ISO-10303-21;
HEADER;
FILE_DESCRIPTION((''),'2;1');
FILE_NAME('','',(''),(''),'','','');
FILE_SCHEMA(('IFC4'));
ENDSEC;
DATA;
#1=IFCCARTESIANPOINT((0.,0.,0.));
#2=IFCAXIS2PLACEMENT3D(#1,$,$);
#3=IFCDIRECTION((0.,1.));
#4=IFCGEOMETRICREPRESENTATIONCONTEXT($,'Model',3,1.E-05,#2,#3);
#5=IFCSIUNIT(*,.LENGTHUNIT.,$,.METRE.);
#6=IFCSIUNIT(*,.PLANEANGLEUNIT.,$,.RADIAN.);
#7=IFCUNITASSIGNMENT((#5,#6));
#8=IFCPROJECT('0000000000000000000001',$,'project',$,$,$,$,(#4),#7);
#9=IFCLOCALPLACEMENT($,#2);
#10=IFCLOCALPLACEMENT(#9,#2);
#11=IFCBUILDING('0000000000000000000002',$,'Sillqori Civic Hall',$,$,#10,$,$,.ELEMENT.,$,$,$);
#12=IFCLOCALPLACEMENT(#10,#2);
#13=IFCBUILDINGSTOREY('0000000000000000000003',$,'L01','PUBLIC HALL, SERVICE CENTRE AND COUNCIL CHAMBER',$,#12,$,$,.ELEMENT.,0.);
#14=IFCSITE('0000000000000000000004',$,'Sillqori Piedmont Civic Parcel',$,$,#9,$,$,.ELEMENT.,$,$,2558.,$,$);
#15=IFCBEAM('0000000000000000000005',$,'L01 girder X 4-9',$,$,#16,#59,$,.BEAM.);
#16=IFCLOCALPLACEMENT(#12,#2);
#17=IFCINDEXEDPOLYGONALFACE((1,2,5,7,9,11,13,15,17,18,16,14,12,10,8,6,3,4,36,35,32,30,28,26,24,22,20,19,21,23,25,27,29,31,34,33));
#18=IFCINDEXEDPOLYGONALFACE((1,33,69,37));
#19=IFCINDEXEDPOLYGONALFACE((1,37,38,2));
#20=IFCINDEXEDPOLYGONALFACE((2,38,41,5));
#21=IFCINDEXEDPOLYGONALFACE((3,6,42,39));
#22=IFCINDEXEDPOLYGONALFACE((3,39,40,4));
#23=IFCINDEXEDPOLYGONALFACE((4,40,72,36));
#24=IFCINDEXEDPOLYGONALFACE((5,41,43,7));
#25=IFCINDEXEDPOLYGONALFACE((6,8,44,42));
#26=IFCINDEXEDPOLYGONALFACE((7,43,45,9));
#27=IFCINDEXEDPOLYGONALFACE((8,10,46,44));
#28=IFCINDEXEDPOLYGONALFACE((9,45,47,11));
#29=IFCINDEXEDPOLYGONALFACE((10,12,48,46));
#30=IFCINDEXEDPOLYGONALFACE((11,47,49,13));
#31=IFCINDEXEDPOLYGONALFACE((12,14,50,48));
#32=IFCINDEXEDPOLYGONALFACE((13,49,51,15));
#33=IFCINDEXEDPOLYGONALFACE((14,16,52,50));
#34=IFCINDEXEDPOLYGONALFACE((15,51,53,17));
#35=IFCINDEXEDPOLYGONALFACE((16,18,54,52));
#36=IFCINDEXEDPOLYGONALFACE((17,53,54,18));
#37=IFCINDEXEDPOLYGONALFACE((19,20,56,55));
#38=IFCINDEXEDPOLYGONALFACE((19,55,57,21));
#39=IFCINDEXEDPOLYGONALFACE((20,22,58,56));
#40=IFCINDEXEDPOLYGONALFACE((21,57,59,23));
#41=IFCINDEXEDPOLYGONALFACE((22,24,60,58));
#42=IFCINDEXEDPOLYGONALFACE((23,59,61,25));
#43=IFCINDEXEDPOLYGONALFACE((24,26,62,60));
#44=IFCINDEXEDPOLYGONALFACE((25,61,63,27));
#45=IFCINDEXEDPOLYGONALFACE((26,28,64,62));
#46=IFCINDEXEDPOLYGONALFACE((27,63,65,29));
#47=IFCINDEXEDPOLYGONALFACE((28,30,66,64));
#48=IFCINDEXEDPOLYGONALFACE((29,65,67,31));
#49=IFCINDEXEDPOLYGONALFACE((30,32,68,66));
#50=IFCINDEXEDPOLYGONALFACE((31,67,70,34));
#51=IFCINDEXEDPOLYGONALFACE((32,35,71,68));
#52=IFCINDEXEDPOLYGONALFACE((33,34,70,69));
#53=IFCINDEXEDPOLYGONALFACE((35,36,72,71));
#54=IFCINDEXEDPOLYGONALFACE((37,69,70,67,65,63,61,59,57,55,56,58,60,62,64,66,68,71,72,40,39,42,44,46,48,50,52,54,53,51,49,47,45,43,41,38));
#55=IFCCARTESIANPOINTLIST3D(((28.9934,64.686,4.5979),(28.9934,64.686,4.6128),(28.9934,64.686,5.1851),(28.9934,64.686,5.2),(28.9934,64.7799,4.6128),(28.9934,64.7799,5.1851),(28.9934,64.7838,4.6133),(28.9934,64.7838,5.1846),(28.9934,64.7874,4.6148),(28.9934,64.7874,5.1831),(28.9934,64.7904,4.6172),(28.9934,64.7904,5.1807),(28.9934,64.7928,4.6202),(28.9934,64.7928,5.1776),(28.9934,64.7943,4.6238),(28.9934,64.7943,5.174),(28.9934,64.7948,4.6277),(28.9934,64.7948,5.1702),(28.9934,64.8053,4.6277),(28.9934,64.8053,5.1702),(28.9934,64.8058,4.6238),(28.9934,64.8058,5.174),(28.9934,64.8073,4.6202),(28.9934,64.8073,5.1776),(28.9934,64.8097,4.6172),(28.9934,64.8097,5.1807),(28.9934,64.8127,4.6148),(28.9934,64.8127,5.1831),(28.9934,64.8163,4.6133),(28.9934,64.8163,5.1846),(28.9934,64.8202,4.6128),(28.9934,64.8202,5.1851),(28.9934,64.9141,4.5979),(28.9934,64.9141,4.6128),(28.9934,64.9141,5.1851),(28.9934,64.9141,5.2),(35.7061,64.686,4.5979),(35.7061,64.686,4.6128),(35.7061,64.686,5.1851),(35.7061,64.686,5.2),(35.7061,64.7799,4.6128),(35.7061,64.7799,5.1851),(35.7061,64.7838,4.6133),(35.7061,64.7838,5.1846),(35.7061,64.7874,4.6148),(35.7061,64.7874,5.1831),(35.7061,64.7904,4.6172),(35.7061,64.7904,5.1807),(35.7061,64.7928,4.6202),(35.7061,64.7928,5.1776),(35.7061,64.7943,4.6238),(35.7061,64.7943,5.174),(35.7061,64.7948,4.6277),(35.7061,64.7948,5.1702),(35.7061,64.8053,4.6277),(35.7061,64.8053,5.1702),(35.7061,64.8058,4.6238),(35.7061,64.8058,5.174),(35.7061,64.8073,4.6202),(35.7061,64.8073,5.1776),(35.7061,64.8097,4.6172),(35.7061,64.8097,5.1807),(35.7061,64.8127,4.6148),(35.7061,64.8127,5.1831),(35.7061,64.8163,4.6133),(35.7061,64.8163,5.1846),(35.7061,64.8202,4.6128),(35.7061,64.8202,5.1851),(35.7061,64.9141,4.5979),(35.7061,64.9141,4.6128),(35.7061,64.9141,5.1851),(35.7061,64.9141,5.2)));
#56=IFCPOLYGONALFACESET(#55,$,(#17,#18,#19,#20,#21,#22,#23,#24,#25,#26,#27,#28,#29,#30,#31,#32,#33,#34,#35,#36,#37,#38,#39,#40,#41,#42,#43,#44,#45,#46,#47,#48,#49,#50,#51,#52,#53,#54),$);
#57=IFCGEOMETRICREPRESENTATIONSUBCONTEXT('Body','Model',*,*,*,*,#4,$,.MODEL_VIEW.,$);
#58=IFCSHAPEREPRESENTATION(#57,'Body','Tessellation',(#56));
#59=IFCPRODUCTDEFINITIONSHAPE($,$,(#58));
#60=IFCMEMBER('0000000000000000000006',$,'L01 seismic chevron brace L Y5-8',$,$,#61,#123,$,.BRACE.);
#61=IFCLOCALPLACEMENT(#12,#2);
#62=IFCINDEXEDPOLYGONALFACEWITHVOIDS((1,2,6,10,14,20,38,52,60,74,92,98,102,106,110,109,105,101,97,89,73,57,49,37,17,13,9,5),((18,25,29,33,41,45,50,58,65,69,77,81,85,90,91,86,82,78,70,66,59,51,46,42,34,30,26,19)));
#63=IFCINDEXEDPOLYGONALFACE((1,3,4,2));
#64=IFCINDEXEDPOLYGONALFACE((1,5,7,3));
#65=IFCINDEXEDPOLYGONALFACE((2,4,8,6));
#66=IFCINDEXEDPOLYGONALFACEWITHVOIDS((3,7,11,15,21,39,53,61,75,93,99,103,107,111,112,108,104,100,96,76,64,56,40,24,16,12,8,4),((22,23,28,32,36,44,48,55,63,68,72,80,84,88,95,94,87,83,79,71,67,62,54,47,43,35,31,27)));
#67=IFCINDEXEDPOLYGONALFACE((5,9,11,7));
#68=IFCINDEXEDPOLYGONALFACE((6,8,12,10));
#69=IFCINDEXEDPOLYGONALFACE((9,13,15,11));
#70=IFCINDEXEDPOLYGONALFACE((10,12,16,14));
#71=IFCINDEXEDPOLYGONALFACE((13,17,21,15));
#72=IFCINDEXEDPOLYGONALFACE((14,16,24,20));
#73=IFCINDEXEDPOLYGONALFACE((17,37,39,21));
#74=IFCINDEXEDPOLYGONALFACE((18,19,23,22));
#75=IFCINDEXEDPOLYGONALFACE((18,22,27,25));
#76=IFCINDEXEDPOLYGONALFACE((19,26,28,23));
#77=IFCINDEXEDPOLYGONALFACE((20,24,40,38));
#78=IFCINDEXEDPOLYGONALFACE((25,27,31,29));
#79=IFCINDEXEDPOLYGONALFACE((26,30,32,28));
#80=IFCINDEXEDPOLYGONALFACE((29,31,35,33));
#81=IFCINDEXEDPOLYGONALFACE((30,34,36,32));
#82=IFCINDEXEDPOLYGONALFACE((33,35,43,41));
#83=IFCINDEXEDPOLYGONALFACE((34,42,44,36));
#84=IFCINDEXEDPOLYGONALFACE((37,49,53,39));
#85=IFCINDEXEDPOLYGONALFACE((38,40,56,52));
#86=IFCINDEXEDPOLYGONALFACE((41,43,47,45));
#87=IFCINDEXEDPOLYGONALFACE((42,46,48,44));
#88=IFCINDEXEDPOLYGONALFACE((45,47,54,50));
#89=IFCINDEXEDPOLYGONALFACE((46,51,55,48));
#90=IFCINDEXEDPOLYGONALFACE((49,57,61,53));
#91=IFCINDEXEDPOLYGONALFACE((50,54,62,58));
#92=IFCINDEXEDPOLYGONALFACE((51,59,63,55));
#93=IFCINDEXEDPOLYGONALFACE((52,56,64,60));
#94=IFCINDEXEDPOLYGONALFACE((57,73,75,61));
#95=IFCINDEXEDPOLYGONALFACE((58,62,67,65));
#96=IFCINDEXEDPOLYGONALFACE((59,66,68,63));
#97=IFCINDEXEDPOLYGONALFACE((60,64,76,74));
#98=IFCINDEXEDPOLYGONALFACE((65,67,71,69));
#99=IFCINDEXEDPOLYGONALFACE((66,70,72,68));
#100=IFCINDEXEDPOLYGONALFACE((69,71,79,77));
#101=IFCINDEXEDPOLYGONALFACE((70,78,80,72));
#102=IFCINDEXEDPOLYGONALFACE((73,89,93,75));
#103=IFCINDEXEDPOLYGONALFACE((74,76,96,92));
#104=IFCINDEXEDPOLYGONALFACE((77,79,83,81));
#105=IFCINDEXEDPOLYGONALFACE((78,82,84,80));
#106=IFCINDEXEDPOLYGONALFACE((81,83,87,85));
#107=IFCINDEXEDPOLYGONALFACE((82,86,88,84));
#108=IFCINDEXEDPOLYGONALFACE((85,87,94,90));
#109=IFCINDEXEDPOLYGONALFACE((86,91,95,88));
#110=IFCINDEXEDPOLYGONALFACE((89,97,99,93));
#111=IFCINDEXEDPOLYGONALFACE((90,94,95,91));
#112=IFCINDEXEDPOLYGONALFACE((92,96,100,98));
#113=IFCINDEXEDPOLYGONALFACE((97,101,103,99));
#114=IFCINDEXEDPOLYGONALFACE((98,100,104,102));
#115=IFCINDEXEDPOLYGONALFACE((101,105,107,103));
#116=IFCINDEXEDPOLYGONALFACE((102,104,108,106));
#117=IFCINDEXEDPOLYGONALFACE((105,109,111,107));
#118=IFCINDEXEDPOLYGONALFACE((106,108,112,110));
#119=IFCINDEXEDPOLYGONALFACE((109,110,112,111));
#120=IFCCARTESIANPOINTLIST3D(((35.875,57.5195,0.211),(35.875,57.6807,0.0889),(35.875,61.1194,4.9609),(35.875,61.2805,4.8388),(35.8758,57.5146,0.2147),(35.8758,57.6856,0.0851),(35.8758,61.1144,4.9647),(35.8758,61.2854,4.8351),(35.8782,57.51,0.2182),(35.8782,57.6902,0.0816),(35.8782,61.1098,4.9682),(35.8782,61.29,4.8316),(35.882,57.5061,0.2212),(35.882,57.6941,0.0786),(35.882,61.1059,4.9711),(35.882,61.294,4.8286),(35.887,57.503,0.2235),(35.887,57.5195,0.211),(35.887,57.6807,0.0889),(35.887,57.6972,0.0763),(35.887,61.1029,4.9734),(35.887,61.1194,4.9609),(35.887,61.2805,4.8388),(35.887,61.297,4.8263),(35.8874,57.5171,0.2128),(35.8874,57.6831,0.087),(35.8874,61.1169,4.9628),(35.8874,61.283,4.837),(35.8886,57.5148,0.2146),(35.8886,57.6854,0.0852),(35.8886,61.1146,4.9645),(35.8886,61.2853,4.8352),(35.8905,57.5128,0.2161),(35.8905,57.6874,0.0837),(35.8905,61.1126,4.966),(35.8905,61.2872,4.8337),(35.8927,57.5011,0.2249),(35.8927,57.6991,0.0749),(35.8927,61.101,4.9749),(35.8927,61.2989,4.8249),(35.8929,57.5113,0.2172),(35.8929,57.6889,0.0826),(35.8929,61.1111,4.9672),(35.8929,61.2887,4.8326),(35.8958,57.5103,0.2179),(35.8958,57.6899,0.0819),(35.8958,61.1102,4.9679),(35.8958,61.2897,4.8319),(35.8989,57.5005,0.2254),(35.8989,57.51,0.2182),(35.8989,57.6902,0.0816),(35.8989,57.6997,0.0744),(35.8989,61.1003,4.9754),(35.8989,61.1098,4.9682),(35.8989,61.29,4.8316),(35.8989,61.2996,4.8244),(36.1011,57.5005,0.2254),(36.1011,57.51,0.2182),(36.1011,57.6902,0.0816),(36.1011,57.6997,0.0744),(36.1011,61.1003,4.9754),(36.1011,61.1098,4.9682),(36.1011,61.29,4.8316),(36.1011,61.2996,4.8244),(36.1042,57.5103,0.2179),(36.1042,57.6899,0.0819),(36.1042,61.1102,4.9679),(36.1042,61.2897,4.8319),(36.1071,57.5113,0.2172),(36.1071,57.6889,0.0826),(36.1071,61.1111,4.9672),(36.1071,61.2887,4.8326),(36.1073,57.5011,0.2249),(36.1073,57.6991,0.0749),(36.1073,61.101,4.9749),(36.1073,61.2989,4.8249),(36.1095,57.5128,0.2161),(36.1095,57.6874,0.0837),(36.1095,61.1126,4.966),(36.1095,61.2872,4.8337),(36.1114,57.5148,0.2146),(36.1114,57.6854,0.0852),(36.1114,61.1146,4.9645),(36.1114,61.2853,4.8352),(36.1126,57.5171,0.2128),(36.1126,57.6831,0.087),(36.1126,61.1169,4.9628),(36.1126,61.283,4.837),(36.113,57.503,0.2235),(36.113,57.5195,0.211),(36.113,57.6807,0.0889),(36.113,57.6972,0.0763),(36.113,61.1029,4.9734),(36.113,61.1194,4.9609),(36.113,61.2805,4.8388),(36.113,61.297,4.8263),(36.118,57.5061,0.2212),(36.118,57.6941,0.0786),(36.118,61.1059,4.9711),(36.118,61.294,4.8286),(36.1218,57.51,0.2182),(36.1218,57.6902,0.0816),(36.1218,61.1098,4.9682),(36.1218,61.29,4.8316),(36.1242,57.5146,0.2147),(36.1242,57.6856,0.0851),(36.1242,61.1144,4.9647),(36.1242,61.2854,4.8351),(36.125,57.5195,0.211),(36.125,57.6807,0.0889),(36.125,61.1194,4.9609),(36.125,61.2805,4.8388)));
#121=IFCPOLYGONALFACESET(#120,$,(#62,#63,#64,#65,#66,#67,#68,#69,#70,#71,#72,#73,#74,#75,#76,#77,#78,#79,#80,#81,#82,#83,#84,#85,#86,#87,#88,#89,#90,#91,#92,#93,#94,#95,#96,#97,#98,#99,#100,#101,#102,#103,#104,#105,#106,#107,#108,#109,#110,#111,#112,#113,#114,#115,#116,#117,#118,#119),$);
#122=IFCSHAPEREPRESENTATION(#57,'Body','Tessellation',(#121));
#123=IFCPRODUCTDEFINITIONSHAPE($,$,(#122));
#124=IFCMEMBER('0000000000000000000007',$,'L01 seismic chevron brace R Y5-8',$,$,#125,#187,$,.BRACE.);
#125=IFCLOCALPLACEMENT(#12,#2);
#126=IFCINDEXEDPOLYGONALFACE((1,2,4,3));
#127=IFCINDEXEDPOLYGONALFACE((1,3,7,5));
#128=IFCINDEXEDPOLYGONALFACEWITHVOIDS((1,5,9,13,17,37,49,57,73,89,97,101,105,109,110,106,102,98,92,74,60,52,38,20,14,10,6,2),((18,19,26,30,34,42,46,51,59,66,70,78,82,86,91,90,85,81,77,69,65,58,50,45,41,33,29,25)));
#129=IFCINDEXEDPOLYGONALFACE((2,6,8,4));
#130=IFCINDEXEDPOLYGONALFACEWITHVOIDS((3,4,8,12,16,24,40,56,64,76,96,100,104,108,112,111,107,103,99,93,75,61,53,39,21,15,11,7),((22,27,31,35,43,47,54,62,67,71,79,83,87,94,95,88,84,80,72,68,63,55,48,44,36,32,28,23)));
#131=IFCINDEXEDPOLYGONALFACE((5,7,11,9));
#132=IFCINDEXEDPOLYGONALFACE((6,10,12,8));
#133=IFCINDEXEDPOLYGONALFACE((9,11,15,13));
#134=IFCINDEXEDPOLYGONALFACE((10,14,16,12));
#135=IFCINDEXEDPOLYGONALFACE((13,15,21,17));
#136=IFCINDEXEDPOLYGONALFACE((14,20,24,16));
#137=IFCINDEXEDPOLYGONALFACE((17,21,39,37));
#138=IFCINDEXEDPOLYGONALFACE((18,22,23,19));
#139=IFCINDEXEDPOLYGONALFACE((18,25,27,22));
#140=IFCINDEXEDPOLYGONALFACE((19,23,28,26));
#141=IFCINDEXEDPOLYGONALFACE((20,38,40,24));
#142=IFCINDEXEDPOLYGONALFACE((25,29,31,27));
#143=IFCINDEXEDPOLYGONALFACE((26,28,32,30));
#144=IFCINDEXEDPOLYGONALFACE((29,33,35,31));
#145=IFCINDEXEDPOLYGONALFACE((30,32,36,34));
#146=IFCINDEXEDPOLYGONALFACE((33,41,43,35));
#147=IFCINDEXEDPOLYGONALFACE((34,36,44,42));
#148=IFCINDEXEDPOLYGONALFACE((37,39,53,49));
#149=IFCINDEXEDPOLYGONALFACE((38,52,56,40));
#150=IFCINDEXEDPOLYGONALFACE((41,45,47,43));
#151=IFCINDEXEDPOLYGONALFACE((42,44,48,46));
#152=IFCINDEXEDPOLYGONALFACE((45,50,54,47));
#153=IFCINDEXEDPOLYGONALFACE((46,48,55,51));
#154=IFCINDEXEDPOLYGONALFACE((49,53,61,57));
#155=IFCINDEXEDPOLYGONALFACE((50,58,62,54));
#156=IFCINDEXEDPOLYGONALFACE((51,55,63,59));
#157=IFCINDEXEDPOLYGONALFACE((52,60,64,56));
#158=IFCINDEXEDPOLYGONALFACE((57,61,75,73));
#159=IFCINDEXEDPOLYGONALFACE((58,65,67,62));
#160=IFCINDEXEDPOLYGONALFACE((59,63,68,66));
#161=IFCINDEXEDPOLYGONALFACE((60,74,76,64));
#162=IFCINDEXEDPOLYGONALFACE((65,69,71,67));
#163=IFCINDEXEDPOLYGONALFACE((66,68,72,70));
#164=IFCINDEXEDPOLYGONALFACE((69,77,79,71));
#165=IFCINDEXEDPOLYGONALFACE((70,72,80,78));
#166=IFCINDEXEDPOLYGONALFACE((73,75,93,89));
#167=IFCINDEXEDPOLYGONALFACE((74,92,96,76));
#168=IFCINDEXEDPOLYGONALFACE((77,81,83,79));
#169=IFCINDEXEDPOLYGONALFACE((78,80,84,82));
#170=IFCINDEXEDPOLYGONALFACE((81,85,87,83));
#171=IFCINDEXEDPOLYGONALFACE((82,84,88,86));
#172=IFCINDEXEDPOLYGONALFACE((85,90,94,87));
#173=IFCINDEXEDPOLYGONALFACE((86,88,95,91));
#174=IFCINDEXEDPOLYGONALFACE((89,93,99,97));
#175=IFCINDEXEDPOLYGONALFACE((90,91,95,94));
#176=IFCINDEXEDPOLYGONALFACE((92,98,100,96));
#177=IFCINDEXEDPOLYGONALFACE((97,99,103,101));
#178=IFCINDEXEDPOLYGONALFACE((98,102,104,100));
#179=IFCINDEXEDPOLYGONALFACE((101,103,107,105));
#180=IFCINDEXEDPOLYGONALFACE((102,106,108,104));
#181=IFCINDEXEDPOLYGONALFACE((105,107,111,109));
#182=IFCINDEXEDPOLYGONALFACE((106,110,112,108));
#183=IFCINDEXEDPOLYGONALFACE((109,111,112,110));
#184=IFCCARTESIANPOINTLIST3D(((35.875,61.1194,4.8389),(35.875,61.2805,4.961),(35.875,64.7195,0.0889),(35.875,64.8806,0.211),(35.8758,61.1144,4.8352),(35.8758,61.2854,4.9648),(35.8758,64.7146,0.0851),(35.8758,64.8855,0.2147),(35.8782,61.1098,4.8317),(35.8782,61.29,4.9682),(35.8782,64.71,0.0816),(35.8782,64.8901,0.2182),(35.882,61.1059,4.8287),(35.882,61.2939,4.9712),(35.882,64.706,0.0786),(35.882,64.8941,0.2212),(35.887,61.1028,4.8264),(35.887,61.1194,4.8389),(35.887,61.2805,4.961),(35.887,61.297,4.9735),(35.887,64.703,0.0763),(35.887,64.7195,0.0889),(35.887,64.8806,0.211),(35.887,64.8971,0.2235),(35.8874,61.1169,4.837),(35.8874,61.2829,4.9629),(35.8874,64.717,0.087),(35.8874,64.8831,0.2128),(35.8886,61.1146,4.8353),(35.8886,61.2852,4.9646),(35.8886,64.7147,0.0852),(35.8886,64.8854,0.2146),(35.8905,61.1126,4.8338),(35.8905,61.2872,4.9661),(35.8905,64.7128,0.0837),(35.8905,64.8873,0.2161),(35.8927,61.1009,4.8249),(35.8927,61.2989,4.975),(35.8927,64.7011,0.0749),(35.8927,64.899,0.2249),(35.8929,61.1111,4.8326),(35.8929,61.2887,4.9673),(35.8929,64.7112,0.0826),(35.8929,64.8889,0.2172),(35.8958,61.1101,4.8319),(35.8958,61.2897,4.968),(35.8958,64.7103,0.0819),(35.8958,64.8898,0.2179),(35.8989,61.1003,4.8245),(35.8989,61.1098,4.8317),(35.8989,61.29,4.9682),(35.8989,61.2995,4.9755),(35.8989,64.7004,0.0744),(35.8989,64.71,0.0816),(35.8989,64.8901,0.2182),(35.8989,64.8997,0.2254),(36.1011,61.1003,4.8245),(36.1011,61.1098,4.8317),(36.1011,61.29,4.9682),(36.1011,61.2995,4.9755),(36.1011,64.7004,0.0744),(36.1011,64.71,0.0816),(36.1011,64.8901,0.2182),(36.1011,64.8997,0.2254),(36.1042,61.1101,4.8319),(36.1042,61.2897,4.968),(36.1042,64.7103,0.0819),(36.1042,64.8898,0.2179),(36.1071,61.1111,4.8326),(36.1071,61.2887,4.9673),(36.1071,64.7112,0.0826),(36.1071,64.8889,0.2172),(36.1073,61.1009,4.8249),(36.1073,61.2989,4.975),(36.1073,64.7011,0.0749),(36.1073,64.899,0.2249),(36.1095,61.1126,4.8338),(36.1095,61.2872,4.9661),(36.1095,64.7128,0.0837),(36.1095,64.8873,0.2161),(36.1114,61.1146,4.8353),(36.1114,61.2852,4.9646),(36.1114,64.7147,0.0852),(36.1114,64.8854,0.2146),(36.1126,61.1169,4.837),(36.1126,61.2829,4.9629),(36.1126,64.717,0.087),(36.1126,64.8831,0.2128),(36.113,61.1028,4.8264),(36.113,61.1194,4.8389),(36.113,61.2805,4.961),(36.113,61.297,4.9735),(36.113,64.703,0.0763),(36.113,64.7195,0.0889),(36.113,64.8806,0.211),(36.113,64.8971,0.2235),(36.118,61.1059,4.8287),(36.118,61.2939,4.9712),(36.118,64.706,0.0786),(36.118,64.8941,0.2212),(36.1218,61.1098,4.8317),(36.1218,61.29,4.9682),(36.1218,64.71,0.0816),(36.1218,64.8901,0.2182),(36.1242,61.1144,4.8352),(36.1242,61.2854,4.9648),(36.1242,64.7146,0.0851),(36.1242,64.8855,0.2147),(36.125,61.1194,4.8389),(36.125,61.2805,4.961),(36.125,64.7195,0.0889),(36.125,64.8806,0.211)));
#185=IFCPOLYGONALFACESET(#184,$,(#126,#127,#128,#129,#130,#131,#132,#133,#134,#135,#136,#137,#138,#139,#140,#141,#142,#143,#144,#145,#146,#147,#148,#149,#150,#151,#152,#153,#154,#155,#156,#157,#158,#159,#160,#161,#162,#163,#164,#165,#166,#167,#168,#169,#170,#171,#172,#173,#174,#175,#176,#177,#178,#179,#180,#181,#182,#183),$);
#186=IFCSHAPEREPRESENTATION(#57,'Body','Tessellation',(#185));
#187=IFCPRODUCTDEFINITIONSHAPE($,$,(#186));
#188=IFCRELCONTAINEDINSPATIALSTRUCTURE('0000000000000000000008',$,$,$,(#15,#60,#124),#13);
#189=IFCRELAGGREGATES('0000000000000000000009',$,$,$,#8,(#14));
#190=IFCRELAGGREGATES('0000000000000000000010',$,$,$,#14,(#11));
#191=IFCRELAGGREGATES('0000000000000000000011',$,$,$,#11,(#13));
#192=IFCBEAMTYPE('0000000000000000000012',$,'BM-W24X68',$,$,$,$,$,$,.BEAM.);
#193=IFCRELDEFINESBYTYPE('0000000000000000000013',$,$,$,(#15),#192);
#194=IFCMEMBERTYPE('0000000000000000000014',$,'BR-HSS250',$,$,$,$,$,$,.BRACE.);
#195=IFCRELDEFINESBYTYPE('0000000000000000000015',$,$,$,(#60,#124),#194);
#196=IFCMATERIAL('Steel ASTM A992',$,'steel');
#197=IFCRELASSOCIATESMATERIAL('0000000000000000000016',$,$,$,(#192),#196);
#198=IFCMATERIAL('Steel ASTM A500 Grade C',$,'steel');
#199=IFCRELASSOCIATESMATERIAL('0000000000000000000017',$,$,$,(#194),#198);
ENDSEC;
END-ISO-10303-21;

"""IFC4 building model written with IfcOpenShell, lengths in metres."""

from ifc_helpers import new_model, si_unit, direction, frame, origin, origin_2d, place, context, subcontext, project, spatial, hollow_rectangle, i_section, extrude, material, material_profile, profile_set, type_object, element, save


model = new_model("IFC4")

# Units and contexts
model_context = context("Model", 3, precision=1e-05, world=origin(), true_north=direction((0.0, 1.0)))
body_context = subcontext(model_context, "Body", "Model", "MODEL_VIEW")
ifc_project = project(units=[si_unit("LENGTHUNIT", "METRE"), si_unit("PLANEANGLEUNIT", "RADIAN")], contexts=[model_context])

# Site, building, storey
site_placement = place(None, origin())
site = spatial("IfcSite", under=ifc_project, at=site_placement, Name="Sillqori Piedmont Civic Parcel", CompositionType="ELEMENT", RefElevation=2558.0)
building_placement = place(site_placement, origin())
building = spatial("IfcBuilding", under=site, at=building_placement, Name="Sillqori Civic Hall", CompositionType="ELEMENT")
storey_placement = place(building_placement, origin())
storey = spatial("IfcBuildingStorey", under=building, at=storey_placement, Name="L01", Description="PUBLIC HALL, SERVICE CENTRE AND COUNCIL CHAMBER", CompositionType="ELEMENT", Elevation=0.0)

# Shared definitions
ifc_material_1 = material(Name="Steel ASTM A992", Category="steel")

# Beam
ifc_material_profile_1 = material_profile(ifc_material_1, i_section(OverallWidth=0.228, OverallDepth=0.6021, WebThickness=0.0105, FlangeThickness=0.0149, FilletRadius=0.0149, at=origin_2d()), Name="W24X68")
ifc_profile_set_1 = profile_set([ifc_material_profile_1], Name="Steel ASTM A992")
beam_type_1 = type_object("IfcBeamType", Name="BM-W24X68", PredefinedType="BEAM", material=ifc_profile_set_1)
for number, where, z_axis, x_axis, name in (
    (1, (28.9934, 64.8, 4.8989), (1.0, 0.0, 0.0), (0.0, 1.0, 0.0), "L01 girder X 4-9"),
):
    element("IfcBeam", number, at=place(storey_placement, frame(where, z_axis=z_axis, x_axis=x_axis)), inside=storey, type_object=beam_type_1, Name=name, PredefinedType="BEAM", context=body_context, shape_type="SweptSolid", body=[
        extrude(i_section(OverallWidth=0.228, OverallDepth=0.6021, WebThickness=0.0105, FlangeThickness=0.0149, FilletRadius=0.0149, at=origin_2d()), origin(), (0.0, 0.0, 1.0), 6.7126),
    ])

# Members
ifc_material_2 = material(Name="Steel ASTM A500 Grade C", Category="steel")
ifc_material_profile_2 = material_profile(ifc_material_2, hollow_rectangle(XDim=0.25, YDim=0.25, WallThickness=0.012, InnerFilletRadius=0.012, OuterFilletRadius=0.0239, at=origin_2d()), Name="HSS250X250X12")
ifc_profile_set_2 = profile_set([ifc_material_profile_2], Name="Steel ASTM A500 Grade C")
member_type = type_object("IfcMemberType", Name="BR-HSS250", PredefinedType="BRACE", material=ifc_profile_set_2)
member_1_placement = place(storey_placement, frame((36.0, 57.6001, 0.1499), z_axis=(0.0, 0.604004, 0.796982), x_axis=(-1.0, 0.0, 0.0)))
element("IfcMember", 2, at=member_1_placement, inside=storey, type_object=member_type, Name="L01 seismic chevron brace L Y5-8", PredefinedType="BRACE", context=body_context, shape_type="SweptSolid", body=[
    extrude(hollow_rectangle(XDim=0.25, YDim=0.25, WallThickness=0.012, InnerFilletRadius=0.012, OuterFilletRadius=0.0239, at=origin_2d()), origin(), (0.0, 0.0, 1.0), 5.96),
])
member_2_placement = place(storey_placement, frame((36.0, 64.8, 0.1499), z_axis=(0.0, -0.60403, 0.796962), x_axis=(1.0, 0.0, 0.0)))
element("IfcMember", 3, at=member_2_placement, inside=storey, type_object=member_type, Name="L01 seismic chevron brace R Y5-8", PredefinedType="BRACE", context=body_context, shape_type="SweptSolid", body=[
    extrude(hollow_rectangle(XDim=0.25, YDim=0.25, WallThickness=0.012, InnerFilletRadius=0.012, OuterFilletRadius=0.0239, at=origin_2d()), origin(), (0.0, 0.0, 1.0), 5.9602),
])

save(model, "model.ifc")
